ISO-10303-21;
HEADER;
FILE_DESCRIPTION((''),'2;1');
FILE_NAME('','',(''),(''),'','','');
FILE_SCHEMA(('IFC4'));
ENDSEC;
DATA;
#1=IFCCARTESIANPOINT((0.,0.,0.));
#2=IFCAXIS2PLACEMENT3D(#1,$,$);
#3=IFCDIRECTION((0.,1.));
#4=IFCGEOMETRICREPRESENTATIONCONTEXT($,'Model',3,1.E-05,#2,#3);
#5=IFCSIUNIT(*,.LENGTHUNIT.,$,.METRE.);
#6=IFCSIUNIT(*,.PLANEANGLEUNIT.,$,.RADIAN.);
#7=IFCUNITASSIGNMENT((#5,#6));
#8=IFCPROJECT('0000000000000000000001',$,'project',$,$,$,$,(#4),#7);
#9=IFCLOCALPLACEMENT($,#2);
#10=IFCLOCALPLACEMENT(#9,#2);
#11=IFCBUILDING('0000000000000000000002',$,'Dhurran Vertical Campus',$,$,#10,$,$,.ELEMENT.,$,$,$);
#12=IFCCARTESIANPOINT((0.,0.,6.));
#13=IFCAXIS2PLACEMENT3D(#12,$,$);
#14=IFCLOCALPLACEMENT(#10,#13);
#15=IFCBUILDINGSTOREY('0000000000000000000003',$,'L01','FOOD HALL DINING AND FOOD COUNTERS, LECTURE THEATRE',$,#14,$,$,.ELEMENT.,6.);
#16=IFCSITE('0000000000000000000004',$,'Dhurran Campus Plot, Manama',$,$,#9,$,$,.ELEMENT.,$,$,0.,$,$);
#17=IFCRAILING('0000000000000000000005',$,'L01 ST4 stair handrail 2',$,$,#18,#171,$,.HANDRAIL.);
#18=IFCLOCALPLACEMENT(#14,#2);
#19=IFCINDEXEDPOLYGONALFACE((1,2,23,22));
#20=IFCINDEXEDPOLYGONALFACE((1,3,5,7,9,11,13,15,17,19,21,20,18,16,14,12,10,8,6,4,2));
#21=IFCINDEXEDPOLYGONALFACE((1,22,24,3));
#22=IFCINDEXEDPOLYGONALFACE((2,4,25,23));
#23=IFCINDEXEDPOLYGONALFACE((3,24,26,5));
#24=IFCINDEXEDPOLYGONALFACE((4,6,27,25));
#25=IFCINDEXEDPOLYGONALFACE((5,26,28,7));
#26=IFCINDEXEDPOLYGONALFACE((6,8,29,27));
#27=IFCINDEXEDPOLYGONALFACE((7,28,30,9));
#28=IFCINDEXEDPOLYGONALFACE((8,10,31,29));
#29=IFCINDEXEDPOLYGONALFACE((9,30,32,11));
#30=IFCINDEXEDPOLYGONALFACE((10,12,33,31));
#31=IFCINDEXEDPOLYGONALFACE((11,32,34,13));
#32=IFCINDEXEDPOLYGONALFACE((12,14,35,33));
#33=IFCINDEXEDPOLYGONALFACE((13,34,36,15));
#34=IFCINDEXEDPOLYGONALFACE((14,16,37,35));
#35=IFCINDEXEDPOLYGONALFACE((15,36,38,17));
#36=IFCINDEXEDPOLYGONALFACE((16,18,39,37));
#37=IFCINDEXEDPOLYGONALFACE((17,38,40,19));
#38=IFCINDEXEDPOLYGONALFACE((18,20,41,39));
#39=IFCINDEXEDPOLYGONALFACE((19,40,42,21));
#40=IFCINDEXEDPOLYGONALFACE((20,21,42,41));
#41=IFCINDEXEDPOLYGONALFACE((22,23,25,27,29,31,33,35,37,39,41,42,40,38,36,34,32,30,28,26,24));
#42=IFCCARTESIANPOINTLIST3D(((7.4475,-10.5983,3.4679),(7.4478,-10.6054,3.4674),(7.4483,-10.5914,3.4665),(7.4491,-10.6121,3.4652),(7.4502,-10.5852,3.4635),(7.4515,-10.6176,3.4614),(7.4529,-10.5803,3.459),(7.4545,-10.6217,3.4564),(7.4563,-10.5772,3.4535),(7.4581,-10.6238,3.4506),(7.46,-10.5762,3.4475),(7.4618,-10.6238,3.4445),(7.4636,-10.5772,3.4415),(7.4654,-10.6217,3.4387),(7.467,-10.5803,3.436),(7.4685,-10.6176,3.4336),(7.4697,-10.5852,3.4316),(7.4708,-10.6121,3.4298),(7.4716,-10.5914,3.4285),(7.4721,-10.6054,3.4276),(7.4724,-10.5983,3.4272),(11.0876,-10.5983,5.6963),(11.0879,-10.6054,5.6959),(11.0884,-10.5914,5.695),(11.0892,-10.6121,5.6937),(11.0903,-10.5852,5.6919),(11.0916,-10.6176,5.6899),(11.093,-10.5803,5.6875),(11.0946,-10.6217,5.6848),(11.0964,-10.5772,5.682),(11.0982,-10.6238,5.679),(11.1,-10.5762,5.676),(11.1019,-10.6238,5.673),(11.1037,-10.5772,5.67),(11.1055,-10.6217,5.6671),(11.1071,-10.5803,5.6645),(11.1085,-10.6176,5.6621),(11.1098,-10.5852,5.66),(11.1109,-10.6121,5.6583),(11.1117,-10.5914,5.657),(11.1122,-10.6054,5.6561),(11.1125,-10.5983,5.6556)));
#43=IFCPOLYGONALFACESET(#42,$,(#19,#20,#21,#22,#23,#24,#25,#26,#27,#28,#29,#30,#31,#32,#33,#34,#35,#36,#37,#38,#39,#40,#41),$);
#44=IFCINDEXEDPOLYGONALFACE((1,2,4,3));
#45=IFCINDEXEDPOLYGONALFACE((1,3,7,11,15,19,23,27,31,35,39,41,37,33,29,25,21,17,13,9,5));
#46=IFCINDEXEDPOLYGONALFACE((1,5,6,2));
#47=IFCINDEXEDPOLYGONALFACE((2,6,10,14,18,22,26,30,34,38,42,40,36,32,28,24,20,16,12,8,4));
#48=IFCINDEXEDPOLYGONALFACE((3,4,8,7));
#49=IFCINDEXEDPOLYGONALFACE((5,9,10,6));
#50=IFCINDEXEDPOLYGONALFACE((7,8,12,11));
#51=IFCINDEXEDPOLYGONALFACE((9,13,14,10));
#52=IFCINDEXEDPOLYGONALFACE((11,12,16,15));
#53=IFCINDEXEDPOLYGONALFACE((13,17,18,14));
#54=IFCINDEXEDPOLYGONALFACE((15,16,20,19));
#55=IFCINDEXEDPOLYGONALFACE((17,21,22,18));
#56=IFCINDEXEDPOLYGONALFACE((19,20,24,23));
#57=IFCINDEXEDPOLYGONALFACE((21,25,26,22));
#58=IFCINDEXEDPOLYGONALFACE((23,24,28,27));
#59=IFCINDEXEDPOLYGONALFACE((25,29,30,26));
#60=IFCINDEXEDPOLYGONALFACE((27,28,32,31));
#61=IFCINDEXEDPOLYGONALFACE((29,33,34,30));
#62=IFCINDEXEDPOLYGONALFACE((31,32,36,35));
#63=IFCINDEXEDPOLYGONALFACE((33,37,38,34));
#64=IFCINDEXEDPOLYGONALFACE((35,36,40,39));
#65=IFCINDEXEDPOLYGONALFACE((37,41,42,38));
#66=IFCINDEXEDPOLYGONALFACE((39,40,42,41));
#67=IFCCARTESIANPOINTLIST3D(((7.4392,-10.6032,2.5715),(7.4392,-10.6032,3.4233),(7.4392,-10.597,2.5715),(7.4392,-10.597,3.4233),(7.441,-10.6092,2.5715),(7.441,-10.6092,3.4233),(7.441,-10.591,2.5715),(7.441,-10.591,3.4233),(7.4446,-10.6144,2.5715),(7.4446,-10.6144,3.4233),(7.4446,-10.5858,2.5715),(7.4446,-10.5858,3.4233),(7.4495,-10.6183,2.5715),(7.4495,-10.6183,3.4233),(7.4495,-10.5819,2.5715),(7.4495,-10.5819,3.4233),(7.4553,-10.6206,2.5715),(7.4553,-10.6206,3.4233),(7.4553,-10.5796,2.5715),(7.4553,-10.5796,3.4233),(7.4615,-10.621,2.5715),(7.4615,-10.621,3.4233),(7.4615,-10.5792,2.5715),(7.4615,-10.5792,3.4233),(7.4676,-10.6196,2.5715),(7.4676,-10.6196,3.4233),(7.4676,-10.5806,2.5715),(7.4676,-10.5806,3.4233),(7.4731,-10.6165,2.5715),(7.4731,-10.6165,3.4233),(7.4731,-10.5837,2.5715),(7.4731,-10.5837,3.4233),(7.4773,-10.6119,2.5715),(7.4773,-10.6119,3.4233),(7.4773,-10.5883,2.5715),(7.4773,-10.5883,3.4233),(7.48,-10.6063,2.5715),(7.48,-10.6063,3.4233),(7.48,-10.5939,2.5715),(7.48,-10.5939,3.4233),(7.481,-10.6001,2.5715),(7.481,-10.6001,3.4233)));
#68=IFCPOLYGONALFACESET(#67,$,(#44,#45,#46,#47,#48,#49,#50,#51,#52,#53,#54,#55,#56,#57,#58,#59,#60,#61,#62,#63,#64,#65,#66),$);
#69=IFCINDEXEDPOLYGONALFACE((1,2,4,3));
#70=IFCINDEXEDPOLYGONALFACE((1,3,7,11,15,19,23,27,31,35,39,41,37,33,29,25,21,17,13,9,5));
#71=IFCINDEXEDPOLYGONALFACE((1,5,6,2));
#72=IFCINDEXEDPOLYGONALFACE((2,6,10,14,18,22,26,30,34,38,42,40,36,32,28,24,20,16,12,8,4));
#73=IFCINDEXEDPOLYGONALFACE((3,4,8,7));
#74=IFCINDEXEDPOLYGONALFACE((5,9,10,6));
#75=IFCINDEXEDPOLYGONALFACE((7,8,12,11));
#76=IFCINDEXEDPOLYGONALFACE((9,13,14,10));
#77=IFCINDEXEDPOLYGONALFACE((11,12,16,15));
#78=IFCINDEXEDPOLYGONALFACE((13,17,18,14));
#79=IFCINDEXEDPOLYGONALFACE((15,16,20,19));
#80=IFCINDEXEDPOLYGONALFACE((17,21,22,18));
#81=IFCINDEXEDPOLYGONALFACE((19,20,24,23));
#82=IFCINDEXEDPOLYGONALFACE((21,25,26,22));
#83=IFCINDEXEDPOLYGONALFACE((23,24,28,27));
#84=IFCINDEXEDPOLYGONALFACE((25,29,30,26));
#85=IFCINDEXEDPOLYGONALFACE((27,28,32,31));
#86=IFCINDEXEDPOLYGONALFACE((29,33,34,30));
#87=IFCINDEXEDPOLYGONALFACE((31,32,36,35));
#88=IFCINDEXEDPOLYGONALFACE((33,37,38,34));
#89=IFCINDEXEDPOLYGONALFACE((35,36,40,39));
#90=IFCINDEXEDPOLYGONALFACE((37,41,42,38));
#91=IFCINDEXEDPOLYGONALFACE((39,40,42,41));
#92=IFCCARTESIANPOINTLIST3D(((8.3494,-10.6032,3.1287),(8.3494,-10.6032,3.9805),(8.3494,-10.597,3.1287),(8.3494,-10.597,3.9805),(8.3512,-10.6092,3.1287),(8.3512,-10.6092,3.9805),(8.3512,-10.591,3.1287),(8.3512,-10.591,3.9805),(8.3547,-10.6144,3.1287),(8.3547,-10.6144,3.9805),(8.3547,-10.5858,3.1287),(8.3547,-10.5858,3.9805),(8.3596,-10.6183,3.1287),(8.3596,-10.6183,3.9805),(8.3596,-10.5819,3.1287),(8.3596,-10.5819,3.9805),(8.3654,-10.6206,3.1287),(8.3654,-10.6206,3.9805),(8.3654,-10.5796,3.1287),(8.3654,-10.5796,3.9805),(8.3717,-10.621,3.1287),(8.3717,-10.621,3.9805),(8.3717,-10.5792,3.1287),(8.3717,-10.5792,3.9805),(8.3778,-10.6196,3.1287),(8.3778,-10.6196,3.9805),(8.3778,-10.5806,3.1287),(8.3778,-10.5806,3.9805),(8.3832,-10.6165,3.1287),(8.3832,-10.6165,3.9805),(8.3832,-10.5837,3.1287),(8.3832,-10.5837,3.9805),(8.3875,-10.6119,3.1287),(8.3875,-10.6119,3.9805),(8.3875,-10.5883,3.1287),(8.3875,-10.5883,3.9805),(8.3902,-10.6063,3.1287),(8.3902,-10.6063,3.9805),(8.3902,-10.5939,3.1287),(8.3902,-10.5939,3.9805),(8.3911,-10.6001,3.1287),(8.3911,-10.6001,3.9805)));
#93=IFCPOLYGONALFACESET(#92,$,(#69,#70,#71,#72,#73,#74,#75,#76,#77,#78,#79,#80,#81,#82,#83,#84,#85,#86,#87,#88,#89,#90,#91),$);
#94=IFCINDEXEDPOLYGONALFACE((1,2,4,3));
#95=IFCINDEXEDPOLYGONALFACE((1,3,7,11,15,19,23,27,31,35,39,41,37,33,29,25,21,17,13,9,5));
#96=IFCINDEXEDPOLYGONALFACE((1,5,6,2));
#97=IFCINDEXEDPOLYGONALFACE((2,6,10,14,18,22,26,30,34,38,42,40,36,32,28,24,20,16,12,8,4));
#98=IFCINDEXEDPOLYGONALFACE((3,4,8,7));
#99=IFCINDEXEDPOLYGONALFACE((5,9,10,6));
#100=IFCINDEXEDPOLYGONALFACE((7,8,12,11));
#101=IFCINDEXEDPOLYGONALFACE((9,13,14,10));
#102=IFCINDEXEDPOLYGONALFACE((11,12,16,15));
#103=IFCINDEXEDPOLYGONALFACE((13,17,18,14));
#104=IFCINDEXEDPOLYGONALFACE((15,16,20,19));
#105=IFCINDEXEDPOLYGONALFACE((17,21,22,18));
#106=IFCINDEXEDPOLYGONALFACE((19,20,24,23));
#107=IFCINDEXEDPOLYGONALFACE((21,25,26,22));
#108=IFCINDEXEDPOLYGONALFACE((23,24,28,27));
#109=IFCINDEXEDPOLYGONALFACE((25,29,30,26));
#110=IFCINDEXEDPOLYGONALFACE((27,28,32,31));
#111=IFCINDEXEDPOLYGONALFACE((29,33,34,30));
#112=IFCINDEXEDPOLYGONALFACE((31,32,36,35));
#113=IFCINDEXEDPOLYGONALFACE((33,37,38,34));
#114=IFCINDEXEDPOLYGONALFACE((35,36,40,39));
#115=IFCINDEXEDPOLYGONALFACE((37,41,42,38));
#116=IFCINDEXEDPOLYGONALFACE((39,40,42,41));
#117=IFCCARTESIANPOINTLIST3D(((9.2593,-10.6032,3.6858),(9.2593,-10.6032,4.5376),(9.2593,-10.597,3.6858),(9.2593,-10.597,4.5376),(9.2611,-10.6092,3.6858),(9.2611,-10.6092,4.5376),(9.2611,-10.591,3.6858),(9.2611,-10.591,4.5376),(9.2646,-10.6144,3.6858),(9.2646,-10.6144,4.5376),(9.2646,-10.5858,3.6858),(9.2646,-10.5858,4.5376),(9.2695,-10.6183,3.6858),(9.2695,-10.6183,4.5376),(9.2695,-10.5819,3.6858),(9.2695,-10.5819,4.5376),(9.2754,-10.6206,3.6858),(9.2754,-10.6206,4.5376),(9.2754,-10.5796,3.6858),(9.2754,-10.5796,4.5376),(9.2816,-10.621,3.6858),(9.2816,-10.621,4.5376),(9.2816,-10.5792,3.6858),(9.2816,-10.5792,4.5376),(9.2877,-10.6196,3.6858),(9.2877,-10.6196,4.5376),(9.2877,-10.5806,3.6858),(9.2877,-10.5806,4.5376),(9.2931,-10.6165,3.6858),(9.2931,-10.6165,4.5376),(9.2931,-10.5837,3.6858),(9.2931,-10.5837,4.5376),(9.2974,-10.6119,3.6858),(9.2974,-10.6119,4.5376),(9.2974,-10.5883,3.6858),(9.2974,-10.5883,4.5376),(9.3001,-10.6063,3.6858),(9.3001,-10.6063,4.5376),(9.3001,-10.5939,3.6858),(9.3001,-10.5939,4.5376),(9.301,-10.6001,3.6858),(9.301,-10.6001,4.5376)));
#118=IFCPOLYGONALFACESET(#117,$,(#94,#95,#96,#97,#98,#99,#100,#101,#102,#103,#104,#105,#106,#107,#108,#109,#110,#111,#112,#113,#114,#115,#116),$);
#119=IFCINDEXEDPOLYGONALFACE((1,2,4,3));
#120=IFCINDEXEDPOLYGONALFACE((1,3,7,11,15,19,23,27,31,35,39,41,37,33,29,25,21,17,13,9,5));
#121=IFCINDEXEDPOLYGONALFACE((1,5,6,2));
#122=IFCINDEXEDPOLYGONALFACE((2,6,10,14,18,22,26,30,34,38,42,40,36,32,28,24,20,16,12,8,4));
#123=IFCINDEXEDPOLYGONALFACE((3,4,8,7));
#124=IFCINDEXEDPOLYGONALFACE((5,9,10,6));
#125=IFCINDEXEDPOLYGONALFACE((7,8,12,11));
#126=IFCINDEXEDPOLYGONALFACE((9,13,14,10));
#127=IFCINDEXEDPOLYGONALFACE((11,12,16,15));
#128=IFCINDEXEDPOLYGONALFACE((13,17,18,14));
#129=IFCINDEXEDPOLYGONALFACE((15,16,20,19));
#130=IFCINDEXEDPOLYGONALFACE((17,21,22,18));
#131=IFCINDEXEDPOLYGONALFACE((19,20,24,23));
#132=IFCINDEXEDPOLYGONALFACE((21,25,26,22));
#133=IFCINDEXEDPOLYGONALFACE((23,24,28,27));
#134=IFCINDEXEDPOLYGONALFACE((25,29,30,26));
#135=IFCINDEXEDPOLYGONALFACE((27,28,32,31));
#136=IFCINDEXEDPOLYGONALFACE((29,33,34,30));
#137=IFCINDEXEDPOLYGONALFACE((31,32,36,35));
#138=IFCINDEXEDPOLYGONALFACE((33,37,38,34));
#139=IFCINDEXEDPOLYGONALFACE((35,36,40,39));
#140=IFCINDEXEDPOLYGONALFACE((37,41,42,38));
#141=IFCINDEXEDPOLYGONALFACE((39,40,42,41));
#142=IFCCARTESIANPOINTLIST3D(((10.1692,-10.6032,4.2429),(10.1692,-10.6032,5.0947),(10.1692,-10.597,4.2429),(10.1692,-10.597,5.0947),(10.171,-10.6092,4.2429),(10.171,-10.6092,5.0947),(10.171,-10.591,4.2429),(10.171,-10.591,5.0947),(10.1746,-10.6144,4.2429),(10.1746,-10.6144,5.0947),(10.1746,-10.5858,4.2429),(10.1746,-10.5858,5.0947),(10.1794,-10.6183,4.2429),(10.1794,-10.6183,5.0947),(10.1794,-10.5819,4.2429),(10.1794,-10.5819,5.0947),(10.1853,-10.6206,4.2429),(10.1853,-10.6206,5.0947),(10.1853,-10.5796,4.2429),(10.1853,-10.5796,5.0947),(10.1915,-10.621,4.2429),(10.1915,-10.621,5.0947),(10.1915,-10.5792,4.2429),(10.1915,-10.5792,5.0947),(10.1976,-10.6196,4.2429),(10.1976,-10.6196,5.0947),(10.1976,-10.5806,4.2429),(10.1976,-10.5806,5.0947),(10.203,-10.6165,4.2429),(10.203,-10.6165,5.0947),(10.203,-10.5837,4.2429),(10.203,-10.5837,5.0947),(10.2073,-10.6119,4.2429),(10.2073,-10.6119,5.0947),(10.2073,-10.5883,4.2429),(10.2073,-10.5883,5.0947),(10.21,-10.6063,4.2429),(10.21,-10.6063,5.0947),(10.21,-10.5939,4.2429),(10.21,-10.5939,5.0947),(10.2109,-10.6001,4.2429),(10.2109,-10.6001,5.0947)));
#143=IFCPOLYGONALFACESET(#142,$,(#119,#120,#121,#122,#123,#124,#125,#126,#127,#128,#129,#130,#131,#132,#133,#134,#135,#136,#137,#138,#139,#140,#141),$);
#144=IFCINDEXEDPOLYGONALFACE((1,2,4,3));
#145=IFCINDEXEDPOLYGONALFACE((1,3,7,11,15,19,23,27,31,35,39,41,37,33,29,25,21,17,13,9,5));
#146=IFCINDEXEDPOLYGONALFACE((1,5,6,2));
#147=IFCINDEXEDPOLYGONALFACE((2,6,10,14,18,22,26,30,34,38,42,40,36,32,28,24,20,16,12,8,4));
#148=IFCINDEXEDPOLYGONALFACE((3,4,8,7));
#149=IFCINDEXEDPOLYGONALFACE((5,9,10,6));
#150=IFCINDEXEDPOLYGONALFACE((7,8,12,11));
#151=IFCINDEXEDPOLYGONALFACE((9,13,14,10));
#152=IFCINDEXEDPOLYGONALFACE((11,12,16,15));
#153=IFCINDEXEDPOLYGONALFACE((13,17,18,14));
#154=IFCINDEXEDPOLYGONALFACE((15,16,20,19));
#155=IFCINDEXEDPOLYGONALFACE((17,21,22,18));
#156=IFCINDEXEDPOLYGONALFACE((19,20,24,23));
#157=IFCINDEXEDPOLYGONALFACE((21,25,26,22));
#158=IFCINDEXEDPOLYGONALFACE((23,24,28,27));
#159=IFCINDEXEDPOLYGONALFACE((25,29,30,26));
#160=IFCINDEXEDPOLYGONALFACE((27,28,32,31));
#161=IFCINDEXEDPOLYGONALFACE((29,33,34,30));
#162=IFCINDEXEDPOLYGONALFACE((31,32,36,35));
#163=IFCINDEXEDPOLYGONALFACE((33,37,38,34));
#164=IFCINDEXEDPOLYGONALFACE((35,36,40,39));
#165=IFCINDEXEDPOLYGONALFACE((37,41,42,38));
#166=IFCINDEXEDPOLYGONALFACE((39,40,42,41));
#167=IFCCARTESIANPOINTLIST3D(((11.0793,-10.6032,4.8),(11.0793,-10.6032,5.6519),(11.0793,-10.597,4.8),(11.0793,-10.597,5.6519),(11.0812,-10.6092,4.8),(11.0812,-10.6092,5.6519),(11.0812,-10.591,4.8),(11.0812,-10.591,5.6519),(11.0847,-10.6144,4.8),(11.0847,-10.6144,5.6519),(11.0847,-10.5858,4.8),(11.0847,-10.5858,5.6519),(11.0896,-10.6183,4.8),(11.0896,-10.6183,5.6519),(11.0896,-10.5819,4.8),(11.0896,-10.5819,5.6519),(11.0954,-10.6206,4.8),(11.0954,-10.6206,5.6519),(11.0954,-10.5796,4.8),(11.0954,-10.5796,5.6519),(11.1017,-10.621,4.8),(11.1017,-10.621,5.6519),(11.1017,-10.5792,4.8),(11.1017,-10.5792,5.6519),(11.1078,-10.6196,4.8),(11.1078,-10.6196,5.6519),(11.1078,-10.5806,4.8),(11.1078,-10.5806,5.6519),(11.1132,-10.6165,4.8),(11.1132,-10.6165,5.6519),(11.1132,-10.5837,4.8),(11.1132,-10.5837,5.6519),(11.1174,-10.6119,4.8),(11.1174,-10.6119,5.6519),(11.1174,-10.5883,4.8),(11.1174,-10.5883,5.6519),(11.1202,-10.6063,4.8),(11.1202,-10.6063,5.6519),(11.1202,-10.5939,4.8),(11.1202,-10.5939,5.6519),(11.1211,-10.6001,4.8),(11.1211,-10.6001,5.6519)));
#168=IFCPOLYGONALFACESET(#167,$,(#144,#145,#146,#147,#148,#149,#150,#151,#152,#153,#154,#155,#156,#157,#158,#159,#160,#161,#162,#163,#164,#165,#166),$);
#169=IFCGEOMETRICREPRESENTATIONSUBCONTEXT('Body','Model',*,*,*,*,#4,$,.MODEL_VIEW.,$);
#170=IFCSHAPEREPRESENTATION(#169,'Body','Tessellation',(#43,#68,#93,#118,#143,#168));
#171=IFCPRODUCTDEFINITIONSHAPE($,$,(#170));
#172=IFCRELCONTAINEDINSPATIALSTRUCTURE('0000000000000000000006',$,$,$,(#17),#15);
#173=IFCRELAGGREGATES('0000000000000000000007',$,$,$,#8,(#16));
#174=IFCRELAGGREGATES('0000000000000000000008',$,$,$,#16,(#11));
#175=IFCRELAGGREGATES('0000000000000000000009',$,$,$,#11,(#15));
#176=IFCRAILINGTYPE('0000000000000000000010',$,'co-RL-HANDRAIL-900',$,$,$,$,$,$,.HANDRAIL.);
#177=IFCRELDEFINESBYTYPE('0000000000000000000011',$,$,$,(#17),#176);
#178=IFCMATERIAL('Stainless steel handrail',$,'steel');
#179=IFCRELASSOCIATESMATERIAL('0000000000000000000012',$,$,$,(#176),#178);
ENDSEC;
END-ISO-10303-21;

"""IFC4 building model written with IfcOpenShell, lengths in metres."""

from ifc_helpers import new_model, si_unit, direction, frame, origin, origin_2d, place, context, subcontext, project, spatial, circle, extrude, material, type_object, element, save


model = new_model("IFC4")

# Units and contexts
model_context = context("Model", 3, precision=1e-05, world=origin(), true_north=direction((0.0, 1.0)))
body_context = subcontext(model_context, "Body", "Model", "MODEL_VIEW")
ifc_project = project(units=[si_unit("LENGTHUNIT", "METRE"), si_unit("PLANEANGLEUNIT", "RADIAN")], contexts=[model_context])

# Site, building, storey
site_placement = place(None, origin())
site = spatial("IfcSite", under=ifc_project, at=site_placement, Name="Dhurran Campus Plot, Manama", CompositionType="ELEMENT", RefElevation=0.0)
building_placement = place(site_placement, origin())
building = spatial("IfcBuilding", under=site, at=building_placement, Name="Dhurran Vertical Campus", CompositionType="ELEMENT")
storey_placement = place(building_placement, frame((0.0, 0.0, 6.0)))
storey = spatial("IfcBuildingStorey", under=building, at=storey_placement, Name="L01", Description="FOOD HALL DINING AND FOOD COUNTERS, LECTURE THEATRE", CompositionType="ELEMENT", Elevation=6.0)

# Railing
ifc_material_1 = material(Name="Stainless steel handrail", Category="steel")
railing_type_1 = type_object("IfcRailingType", Name="co-RL-HANDRAIL-900", PredefinedType="HANDRAIL", material=ifc_material_1)
railing_1_placement = place(storey_placement, frame((7.46, -10.6001, 2.5715)))
element("IfcRailing", 1, at=railing_1_placement, inside=storey, type_object=railing_type_1, Name="L01 ST4 stair handrail 2", PredefinedType="HANDRAIL", context=body_context, shape_type="SweptSolid", body=[
    extrude(circle(Radius=0.0239, at=origin_2d()), frame((0.0, 0.0, 0.876), z_axis=(0.852866, 0.0, 0.52213), x_axis=(0.0, 1.0, 0.0)), (0.0, 0.0, 1.0), 4.2681),
    extrude(circle(Radius=0.021, at=origin_2d()), origin(), (0.0, 0.0, 1.0), 0.8518),
    extrude(circle(Radius=0.021, at=origin_2d()), frame((0.9102, 0.0, 0.5571)), (0.0, 0.0, 1.0), 0.8518),
    extrude(circle(Radius=0.021, at=origin_2d()), frame((1.8201, 0.0, 1.1143)), (0.0, 0.0, 1.0), 0.8518),
    extrude(circle(Radius=0.021, at=origin_2d()), frame((2.73, 0.0, 1.6714)), (0.0, 0.0, 1.0), 0.8518),
    extrude(circle(Radius=0.021, at=origin_2d()), frame((3.6401, 0.0, 2.2285)), (0.0, 0.0, 1.0), 0.8518),
])

save(model, "model.ifc")
